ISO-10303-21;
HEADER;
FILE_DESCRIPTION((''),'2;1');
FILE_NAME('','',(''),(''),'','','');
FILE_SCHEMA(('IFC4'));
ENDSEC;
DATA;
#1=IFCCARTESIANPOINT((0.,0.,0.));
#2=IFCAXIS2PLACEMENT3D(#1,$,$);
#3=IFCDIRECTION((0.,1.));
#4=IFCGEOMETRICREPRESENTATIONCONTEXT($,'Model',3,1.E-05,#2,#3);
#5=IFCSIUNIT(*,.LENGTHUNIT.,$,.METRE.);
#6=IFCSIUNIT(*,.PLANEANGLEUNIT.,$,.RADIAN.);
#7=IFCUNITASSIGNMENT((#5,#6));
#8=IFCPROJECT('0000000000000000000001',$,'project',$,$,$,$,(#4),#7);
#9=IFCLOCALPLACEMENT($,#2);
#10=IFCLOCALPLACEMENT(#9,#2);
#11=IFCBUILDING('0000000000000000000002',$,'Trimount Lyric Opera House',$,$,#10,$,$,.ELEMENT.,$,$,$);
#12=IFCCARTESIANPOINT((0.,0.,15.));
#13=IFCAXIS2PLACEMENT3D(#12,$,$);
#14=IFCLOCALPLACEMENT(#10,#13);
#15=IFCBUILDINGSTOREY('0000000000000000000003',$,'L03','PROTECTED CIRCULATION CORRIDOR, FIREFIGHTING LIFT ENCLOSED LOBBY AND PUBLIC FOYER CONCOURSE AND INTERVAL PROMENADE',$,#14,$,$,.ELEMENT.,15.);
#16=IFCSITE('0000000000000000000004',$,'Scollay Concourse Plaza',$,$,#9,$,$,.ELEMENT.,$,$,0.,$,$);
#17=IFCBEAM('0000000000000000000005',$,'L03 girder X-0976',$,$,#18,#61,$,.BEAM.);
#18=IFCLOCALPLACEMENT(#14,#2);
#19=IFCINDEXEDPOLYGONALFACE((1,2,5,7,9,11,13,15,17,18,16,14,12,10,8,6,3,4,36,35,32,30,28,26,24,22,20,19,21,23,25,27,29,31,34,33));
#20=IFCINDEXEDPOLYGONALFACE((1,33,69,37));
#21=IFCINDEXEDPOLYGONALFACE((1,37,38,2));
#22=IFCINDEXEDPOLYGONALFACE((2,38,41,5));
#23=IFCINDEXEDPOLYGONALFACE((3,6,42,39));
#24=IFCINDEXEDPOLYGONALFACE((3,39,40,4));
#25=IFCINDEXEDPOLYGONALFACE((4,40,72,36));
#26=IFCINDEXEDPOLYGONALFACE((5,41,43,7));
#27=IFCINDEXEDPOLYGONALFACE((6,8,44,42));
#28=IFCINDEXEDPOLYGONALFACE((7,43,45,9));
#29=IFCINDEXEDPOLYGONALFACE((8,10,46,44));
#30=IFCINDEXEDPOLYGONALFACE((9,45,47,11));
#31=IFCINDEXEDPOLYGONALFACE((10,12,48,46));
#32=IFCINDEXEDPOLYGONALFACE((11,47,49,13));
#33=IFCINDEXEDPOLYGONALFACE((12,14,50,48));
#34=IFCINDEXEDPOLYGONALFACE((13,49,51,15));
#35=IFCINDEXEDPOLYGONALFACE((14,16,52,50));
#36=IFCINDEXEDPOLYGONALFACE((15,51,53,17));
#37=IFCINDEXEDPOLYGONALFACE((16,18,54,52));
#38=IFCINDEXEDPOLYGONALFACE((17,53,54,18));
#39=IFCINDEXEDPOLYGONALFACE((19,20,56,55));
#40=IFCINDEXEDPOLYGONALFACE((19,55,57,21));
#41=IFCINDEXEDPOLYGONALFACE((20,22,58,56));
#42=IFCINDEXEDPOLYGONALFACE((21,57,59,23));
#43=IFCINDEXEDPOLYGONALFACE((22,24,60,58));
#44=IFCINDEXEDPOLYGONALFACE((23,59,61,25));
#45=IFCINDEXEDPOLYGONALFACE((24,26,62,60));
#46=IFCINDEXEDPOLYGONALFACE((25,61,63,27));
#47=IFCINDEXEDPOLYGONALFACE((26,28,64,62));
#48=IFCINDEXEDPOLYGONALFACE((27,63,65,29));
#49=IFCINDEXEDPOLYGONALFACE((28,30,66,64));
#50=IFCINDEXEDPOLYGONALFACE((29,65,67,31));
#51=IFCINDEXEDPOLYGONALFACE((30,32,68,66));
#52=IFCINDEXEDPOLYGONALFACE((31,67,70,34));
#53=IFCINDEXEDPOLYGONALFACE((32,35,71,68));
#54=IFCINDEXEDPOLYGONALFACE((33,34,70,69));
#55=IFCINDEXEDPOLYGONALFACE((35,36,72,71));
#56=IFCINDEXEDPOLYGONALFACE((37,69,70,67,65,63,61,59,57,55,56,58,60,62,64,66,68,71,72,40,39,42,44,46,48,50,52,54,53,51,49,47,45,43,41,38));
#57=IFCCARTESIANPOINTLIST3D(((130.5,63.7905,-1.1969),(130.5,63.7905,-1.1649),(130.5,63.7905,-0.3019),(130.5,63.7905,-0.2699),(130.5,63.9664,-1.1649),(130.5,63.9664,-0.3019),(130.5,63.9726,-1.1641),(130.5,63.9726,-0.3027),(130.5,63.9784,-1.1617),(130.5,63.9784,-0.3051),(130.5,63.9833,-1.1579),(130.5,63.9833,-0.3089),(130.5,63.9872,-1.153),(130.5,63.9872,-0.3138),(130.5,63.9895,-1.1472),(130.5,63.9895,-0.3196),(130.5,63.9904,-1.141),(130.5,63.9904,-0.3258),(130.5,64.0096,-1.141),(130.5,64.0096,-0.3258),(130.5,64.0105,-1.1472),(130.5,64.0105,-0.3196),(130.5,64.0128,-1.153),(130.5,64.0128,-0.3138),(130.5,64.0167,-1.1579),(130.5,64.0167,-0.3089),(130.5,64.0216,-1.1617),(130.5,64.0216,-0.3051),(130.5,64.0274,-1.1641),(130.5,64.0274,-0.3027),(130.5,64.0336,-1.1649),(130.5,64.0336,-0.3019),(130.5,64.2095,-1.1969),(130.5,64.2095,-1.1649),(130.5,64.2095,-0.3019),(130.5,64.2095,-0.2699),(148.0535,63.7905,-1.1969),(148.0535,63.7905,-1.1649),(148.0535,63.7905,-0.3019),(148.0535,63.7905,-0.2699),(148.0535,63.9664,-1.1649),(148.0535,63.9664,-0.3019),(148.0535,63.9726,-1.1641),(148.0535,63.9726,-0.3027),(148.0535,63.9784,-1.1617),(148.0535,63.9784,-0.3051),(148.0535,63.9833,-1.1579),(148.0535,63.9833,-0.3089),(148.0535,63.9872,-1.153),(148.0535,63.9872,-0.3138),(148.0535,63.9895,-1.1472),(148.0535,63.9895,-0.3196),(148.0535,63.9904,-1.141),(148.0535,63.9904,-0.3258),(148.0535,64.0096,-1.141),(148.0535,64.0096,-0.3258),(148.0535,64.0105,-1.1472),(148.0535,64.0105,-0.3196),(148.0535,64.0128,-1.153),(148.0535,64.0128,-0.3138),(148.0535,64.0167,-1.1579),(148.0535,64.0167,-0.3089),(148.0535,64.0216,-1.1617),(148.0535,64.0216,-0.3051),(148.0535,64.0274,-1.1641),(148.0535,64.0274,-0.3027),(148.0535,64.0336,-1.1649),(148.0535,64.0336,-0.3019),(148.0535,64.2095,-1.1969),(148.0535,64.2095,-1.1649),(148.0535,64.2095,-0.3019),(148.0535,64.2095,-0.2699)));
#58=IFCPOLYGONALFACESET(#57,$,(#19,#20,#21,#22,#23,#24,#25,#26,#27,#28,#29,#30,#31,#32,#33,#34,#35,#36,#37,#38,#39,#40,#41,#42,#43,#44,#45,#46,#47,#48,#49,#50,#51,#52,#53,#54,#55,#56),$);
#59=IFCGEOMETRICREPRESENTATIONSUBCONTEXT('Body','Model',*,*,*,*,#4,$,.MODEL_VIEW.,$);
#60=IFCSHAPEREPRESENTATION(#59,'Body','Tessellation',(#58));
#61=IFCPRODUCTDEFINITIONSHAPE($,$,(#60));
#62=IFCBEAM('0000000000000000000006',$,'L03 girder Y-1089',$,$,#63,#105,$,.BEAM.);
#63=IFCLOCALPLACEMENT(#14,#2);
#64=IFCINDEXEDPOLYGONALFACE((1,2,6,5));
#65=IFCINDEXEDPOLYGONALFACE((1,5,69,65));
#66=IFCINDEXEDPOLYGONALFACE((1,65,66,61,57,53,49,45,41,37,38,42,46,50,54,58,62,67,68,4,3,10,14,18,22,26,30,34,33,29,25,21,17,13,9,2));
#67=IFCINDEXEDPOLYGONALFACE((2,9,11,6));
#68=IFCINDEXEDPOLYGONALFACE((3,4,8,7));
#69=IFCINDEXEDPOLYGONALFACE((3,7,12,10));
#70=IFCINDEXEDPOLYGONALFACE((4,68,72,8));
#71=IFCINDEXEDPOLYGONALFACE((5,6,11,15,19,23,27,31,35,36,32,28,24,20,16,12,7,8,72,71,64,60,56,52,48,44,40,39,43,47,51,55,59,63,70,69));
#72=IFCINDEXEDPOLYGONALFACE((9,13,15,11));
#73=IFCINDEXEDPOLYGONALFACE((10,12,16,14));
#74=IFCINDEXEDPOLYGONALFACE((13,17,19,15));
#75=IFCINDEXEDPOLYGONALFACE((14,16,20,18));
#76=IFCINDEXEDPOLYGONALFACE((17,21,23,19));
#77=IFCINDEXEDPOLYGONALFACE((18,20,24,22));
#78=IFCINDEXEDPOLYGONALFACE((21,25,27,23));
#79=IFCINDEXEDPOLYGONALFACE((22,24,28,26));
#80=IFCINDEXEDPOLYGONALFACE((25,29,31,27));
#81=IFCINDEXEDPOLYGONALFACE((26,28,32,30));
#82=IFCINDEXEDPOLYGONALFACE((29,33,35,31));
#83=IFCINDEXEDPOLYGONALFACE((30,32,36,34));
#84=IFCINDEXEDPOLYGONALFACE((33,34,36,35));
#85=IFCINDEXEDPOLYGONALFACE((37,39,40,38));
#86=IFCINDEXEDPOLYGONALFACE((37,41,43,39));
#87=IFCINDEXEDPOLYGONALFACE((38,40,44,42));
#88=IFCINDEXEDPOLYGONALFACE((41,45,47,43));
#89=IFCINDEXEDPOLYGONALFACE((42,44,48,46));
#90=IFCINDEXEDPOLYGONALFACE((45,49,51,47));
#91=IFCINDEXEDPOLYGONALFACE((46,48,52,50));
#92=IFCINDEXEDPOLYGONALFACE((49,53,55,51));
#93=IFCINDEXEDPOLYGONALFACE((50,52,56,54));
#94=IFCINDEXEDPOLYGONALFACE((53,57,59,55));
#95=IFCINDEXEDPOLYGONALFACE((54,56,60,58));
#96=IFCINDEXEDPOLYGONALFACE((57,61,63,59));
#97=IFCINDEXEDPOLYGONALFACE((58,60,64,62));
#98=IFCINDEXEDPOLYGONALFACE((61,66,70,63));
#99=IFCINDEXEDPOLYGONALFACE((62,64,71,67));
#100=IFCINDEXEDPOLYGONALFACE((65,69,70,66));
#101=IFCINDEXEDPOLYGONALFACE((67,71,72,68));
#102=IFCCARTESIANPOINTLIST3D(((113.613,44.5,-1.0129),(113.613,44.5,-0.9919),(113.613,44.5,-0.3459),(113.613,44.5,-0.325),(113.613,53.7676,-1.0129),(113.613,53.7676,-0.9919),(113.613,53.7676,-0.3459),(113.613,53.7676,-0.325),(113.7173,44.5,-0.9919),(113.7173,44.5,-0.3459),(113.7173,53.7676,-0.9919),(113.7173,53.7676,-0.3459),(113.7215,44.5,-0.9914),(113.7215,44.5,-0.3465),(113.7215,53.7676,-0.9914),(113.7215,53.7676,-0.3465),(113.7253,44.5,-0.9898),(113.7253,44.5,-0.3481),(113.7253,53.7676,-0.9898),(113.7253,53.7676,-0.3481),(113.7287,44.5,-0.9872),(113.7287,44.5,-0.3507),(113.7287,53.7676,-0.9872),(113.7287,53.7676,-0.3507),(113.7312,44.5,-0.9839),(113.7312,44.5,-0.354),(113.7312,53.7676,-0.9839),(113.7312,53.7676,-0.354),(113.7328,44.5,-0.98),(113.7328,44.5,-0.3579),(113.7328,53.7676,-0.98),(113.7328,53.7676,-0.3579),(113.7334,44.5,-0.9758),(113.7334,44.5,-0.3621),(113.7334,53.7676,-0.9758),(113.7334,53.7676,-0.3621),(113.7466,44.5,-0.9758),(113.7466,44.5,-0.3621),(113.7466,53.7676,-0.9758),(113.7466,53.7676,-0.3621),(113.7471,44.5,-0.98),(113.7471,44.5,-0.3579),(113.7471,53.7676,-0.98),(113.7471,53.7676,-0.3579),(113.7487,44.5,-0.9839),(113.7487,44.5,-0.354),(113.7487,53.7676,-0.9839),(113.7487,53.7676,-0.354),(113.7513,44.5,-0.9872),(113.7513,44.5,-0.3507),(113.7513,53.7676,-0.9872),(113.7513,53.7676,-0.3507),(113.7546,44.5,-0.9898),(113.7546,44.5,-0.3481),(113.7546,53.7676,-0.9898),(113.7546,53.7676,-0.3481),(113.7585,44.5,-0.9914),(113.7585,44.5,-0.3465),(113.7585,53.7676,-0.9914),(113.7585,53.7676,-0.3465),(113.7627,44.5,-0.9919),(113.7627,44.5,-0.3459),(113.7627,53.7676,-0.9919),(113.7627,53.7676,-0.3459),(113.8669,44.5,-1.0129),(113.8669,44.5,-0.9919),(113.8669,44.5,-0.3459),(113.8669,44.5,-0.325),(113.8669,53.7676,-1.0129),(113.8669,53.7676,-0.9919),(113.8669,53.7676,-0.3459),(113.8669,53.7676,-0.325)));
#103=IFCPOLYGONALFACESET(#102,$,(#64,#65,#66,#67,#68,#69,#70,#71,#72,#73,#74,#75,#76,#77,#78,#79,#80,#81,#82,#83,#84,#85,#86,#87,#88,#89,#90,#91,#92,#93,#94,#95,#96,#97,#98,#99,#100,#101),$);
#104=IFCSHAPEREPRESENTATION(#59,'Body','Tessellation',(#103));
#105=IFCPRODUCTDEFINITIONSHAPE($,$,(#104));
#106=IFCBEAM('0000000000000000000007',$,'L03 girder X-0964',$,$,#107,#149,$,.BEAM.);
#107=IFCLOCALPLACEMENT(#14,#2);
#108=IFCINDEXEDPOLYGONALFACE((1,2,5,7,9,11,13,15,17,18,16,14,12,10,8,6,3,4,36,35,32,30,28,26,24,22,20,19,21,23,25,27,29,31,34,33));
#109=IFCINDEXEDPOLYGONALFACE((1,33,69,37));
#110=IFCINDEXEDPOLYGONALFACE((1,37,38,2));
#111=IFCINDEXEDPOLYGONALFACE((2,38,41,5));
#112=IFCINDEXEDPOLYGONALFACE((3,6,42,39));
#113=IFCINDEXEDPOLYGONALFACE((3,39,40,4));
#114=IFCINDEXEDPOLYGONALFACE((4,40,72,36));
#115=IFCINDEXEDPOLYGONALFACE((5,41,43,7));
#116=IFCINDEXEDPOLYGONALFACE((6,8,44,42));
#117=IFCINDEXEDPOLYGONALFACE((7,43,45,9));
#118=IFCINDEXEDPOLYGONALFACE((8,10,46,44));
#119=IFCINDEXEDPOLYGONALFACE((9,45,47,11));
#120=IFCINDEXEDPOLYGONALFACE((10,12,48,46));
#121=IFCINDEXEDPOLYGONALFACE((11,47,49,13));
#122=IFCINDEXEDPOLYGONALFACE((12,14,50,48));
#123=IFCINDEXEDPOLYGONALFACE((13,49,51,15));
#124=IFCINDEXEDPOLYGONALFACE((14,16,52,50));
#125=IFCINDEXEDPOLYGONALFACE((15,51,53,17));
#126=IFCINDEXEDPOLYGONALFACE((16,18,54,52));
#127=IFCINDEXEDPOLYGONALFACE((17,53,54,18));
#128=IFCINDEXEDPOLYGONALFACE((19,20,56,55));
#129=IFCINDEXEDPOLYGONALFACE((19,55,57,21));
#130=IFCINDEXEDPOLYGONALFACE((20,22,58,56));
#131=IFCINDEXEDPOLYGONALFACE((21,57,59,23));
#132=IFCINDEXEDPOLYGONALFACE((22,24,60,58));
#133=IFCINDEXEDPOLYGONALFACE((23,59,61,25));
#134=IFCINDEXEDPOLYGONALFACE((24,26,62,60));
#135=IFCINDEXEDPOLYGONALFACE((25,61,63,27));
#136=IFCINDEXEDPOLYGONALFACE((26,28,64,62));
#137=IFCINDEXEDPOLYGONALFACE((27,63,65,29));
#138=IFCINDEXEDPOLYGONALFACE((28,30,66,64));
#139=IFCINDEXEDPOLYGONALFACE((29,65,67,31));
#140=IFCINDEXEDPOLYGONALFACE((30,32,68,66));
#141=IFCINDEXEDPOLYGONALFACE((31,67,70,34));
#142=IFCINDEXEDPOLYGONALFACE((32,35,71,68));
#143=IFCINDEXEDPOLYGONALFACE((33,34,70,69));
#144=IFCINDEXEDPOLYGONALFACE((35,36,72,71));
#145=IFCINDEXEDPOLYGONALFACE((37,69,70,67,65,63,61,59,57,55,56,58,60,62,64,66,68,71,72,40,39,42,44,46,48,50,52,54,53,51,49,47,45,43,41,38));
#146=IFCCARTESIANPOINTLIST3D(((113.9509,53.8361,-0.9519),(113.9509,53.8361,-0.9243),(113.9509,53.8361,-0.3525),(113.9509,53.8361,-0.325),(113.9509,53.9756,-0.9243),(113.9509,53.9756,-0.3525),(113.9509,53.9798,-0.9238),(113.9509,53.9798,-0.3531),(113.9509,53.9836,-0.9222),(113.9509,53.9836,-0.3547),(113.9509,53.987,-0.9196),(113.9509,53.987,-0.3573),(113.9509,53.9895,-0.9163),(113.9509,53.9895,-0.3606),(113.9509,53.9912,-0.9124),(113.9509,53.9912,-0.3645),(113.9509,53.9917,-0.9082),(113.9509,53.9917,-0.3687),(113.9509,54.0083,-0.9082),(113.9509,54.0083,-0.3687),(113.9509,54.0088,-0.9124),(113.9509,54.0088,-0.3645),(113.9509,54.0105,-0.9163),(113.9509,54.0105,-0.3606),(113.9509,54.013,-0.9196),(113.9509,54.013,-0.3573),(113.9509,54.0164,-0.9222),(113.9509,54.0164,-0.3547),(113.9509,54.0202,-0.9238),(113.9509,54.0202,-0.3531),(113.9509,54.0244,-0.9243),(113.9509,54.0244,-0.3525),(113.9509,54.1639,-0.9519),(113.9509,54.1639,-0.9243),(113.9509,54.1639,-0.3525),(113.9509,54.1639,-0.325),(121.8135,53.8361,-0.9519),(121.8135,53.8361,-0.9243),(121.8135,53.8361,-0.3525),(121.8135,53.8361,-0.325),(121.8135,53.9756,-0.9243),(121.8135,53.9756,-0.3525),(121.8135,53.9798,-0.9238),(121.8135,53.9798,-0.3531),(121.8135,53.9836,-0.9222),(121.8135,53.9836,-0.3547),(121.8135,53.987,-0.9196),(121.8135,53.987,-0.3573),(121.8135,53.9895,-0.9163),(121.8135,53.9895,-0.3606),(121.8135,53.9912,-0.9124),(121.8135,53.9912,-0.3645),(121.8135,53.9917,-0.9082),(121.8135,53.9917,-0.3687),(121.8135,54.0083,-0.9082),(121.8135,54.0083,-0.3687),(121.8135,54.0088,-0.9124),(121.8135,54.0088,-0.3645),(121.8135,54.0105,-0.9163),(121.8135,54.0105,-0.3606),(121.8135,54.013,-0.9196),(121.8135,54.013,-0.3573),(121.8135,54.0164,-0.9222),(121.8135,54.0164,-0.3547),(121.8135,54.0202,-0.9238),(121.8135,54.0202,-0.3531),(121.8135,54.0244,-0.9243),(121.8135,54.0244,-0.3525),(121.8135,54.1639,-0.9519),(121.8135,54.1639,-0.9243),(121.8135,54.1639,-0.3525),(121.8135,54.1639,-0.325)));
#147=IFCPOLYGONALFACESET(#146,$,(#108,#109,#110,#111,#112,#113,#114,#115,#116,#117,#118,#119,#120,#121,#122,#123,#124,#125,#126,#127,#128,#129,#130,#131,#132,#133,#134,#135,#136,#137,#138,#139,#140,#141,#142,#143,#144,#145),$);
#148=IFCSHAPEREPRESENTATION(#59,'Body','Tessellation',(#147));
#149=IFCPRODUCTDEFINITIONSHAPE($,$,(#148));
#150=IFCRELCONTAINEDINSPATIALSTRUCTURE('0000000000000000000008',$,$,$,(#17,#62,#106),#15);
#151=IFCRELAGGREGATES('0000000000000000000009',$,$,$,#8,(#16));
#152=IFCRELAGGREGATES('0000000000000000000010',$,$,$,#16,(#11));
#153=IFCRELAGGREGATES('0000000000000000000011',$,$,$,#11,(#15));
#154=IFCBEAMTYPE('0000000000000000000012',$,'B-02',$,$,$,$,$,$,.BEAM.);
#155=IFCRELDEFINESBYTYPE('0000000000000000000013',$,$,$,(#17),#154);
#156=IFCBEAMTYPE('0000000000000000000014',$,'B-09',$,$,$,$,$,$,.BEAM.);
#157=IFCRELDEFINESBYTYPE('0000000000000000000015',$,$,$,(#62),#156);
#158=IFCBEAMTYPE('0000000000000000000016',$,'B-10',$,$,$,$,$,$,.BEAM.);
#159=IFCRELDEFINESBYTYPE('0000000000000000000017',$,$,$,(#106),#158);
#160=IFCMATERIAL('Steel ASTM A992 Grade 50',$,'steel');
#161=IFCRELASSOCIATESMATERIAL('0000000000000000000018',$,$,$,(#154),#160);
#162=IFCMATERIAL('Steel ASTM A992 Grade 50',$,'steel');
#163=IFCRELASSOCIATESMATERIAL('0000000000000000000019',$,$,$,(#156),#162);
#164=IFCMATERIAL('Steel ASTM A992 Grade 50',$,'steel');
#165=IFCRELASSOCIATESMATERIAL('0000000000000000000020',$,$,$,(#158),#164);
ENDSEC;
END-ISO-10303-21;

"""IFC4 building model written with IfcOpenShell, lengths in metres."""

from ifc_helpers import new_model, si_unit, direction, frame, origin, origin_2d, place, context, subcontext, project, spatial, i_section, extrude, material, material_profile, profile_set, type_object, element, save


model = new_model("IFC4")

# Units and contexts
model_context = context("Model", 3, precision=1e-05, world=origin(), true_north=direction((0.0, 1.0)))
body_context = subcontext(model_context, "Body", "Model", "MODEL_VIEW")
ifc_project = project(units=[si_unit("LENGTHUNIT", "METRE"), si_unit("PLANEANGLEUNIT", "RADIAN")], contexts=[model_context])

# Site, building, storey
site_placement = place(None, origin())
site = spatial("IfcSite", under=ifc_project, at=site_placement, Name="Scollay Concourse Plaza", CompositionType="ELEMENT", RefElevation=0.0)
building_placement = place(site_placement, origin())
building = spatial("IfcBuilding", under=site, at=building_placement, Name="Trimount Lyric Opera House", CompositionType="ELEMENT")
storey_placement = place(building_placement, frame((0.0, 0.0, 15.0)))
storey = spatial("IfcBuildingStorey", under=building, at=storey_placement, Name="L03", Description="PROTECTED CIRCULATION CORRIDOR, FIREFIGHTING LIFT ENCLOSED LOBBY AND PUBLIC FOYER CONCOURSE AND INTERVAL PROMENADE", CompositionType="ELEMENT", Elevation=15.0)

# Beams
ifc_material_1 = material(Name="Steel ASTM A992 Grade 50", Category="steel")
ifc_material_profile_1 = material_profile(ifc_material_1, i_section(OverallWidth=0.4189, OverallDepth=0.927, WebThickness=0.0193, FlangeThickness=0.032, FilletRadius=0.0239, at=origin_2d()), Name="W36X231")
ifc_profile_set_1 = profile_set([ifc_material_profile_1], Name="Steel ASTM A992 Grade 50")
beam_type_1 = type_object("IfcBeamType", Name="B-02", PredefinedType="BEAM", material=ifc_profile_set_1)
beam_1_placement = place(storey_placement, frame((130.5, 64.0, -0.7334), z_axis=(1.0, 0.0, 0.0), x_axis=(0.0, 1.0, 0.0)))
element("IfcBeam", 1, at=beam_1_placement, inside=storey, type_object=beam_type_1, Name="L03 girder X-0976", PredefinedType="BEAM", context=body_context, shape_type="SweptSolid", body=[
    extrude(i_section(OverallWidth=0.4189, OverallDepth=0.927, WebThickness=0.0193, FlangeThickness=0.032, FilletRadius=0.0239, at=origin_2d()), origin(), (0.0, 0.0, 1.0), 17.5535),
])
ifc_material_2 = material(Name="Steel ASTM A992 Grade 50", Category="steel")
ifc_material_profile_2 = material_profile(ifc_material_2, i_section(OverallWidth=0.2539, OverallDepth=0.688, WebThickness=0.0132, FlangeThickness=0.021, FilletRadius=0.0161, at=origin_2d()), Name="W27X102")
ifc_profile_set_2 = profile_set([ifc_material_profile_2], Name="Steel ASTM A992 Grade 50")
beam_type_2 = type_object("IfcBeamType", Name="B-09", PredefinedType="BEAM", material=ifc_profile_set_2)
beam_2_placement = place(storey_placement, frame((113.74, 44.5, -0.6689), z_axis=(0.0, 1.0, 0.0), x_axis=(-1.0, 0.0, 0.0)))
element("IfcBeam", 2, at=beam_2_placement, inside=storey, type_object=beam_type_2, Name="L03 girder Y-1089", PredefinedType="BEAM", context=body_context, shape_type="SweptSolid", body=[
    extrude(i_section(OverallWidth=0.2539, OverallDepth=0.688, WebThickness=0.0132, FlangeThickness=0.021, FilletRadius=0.0161, at=origin_2d()), origin(), (0.0, 0.0, 1.0), 9.2676),
])
ifc_material_3 = material(Name="Steel ASTM A992 Grade 50", Category="steel")
ifc_material_profile_3 = material_profile(ifc_material_3, i_section(OverallWidth=0.3279, OverallDepth=0.627, WebThickness=0.0166, FlangeThickness=0.0276, FilletRadius=0.0161, at=origin_2d()), Name="W24X146")
ifc_profile_set_3 = profile_set([ifc_material_profile_3], Name="Steel ASTM A992 Grade 50")
beam_type_3 = type_object("IfcBeamType", Name="B-10", PredefinedType="BEAM", material=ifc_profile_set_3)
beam_3_placement = place(storey_placement, frame((113.9509, 54.0, -0.6384), z_axis=(1.0, 0.0, 0.0), x_axis=(0.0, 1.0, 0.0)))
element("IfcBeam", 3, at=beam_3_placement, inside=storey, type_object=beam_type_3, Name="L03 girder X-0964", PredefinedType="BEAM", context=body_context, shape_type="SweptSolid", body=[
    extrude(i_section(OverallWidth=0.3279, OverallDepth=0.627, WebThickness=0.0166, FlangeThickness=0.0276, FilletRadius=0.0161, at=origin_2d()), origin(), (0.0, 0.0, 1.0), 7.8625),
])

save(model, "model.ifc")
